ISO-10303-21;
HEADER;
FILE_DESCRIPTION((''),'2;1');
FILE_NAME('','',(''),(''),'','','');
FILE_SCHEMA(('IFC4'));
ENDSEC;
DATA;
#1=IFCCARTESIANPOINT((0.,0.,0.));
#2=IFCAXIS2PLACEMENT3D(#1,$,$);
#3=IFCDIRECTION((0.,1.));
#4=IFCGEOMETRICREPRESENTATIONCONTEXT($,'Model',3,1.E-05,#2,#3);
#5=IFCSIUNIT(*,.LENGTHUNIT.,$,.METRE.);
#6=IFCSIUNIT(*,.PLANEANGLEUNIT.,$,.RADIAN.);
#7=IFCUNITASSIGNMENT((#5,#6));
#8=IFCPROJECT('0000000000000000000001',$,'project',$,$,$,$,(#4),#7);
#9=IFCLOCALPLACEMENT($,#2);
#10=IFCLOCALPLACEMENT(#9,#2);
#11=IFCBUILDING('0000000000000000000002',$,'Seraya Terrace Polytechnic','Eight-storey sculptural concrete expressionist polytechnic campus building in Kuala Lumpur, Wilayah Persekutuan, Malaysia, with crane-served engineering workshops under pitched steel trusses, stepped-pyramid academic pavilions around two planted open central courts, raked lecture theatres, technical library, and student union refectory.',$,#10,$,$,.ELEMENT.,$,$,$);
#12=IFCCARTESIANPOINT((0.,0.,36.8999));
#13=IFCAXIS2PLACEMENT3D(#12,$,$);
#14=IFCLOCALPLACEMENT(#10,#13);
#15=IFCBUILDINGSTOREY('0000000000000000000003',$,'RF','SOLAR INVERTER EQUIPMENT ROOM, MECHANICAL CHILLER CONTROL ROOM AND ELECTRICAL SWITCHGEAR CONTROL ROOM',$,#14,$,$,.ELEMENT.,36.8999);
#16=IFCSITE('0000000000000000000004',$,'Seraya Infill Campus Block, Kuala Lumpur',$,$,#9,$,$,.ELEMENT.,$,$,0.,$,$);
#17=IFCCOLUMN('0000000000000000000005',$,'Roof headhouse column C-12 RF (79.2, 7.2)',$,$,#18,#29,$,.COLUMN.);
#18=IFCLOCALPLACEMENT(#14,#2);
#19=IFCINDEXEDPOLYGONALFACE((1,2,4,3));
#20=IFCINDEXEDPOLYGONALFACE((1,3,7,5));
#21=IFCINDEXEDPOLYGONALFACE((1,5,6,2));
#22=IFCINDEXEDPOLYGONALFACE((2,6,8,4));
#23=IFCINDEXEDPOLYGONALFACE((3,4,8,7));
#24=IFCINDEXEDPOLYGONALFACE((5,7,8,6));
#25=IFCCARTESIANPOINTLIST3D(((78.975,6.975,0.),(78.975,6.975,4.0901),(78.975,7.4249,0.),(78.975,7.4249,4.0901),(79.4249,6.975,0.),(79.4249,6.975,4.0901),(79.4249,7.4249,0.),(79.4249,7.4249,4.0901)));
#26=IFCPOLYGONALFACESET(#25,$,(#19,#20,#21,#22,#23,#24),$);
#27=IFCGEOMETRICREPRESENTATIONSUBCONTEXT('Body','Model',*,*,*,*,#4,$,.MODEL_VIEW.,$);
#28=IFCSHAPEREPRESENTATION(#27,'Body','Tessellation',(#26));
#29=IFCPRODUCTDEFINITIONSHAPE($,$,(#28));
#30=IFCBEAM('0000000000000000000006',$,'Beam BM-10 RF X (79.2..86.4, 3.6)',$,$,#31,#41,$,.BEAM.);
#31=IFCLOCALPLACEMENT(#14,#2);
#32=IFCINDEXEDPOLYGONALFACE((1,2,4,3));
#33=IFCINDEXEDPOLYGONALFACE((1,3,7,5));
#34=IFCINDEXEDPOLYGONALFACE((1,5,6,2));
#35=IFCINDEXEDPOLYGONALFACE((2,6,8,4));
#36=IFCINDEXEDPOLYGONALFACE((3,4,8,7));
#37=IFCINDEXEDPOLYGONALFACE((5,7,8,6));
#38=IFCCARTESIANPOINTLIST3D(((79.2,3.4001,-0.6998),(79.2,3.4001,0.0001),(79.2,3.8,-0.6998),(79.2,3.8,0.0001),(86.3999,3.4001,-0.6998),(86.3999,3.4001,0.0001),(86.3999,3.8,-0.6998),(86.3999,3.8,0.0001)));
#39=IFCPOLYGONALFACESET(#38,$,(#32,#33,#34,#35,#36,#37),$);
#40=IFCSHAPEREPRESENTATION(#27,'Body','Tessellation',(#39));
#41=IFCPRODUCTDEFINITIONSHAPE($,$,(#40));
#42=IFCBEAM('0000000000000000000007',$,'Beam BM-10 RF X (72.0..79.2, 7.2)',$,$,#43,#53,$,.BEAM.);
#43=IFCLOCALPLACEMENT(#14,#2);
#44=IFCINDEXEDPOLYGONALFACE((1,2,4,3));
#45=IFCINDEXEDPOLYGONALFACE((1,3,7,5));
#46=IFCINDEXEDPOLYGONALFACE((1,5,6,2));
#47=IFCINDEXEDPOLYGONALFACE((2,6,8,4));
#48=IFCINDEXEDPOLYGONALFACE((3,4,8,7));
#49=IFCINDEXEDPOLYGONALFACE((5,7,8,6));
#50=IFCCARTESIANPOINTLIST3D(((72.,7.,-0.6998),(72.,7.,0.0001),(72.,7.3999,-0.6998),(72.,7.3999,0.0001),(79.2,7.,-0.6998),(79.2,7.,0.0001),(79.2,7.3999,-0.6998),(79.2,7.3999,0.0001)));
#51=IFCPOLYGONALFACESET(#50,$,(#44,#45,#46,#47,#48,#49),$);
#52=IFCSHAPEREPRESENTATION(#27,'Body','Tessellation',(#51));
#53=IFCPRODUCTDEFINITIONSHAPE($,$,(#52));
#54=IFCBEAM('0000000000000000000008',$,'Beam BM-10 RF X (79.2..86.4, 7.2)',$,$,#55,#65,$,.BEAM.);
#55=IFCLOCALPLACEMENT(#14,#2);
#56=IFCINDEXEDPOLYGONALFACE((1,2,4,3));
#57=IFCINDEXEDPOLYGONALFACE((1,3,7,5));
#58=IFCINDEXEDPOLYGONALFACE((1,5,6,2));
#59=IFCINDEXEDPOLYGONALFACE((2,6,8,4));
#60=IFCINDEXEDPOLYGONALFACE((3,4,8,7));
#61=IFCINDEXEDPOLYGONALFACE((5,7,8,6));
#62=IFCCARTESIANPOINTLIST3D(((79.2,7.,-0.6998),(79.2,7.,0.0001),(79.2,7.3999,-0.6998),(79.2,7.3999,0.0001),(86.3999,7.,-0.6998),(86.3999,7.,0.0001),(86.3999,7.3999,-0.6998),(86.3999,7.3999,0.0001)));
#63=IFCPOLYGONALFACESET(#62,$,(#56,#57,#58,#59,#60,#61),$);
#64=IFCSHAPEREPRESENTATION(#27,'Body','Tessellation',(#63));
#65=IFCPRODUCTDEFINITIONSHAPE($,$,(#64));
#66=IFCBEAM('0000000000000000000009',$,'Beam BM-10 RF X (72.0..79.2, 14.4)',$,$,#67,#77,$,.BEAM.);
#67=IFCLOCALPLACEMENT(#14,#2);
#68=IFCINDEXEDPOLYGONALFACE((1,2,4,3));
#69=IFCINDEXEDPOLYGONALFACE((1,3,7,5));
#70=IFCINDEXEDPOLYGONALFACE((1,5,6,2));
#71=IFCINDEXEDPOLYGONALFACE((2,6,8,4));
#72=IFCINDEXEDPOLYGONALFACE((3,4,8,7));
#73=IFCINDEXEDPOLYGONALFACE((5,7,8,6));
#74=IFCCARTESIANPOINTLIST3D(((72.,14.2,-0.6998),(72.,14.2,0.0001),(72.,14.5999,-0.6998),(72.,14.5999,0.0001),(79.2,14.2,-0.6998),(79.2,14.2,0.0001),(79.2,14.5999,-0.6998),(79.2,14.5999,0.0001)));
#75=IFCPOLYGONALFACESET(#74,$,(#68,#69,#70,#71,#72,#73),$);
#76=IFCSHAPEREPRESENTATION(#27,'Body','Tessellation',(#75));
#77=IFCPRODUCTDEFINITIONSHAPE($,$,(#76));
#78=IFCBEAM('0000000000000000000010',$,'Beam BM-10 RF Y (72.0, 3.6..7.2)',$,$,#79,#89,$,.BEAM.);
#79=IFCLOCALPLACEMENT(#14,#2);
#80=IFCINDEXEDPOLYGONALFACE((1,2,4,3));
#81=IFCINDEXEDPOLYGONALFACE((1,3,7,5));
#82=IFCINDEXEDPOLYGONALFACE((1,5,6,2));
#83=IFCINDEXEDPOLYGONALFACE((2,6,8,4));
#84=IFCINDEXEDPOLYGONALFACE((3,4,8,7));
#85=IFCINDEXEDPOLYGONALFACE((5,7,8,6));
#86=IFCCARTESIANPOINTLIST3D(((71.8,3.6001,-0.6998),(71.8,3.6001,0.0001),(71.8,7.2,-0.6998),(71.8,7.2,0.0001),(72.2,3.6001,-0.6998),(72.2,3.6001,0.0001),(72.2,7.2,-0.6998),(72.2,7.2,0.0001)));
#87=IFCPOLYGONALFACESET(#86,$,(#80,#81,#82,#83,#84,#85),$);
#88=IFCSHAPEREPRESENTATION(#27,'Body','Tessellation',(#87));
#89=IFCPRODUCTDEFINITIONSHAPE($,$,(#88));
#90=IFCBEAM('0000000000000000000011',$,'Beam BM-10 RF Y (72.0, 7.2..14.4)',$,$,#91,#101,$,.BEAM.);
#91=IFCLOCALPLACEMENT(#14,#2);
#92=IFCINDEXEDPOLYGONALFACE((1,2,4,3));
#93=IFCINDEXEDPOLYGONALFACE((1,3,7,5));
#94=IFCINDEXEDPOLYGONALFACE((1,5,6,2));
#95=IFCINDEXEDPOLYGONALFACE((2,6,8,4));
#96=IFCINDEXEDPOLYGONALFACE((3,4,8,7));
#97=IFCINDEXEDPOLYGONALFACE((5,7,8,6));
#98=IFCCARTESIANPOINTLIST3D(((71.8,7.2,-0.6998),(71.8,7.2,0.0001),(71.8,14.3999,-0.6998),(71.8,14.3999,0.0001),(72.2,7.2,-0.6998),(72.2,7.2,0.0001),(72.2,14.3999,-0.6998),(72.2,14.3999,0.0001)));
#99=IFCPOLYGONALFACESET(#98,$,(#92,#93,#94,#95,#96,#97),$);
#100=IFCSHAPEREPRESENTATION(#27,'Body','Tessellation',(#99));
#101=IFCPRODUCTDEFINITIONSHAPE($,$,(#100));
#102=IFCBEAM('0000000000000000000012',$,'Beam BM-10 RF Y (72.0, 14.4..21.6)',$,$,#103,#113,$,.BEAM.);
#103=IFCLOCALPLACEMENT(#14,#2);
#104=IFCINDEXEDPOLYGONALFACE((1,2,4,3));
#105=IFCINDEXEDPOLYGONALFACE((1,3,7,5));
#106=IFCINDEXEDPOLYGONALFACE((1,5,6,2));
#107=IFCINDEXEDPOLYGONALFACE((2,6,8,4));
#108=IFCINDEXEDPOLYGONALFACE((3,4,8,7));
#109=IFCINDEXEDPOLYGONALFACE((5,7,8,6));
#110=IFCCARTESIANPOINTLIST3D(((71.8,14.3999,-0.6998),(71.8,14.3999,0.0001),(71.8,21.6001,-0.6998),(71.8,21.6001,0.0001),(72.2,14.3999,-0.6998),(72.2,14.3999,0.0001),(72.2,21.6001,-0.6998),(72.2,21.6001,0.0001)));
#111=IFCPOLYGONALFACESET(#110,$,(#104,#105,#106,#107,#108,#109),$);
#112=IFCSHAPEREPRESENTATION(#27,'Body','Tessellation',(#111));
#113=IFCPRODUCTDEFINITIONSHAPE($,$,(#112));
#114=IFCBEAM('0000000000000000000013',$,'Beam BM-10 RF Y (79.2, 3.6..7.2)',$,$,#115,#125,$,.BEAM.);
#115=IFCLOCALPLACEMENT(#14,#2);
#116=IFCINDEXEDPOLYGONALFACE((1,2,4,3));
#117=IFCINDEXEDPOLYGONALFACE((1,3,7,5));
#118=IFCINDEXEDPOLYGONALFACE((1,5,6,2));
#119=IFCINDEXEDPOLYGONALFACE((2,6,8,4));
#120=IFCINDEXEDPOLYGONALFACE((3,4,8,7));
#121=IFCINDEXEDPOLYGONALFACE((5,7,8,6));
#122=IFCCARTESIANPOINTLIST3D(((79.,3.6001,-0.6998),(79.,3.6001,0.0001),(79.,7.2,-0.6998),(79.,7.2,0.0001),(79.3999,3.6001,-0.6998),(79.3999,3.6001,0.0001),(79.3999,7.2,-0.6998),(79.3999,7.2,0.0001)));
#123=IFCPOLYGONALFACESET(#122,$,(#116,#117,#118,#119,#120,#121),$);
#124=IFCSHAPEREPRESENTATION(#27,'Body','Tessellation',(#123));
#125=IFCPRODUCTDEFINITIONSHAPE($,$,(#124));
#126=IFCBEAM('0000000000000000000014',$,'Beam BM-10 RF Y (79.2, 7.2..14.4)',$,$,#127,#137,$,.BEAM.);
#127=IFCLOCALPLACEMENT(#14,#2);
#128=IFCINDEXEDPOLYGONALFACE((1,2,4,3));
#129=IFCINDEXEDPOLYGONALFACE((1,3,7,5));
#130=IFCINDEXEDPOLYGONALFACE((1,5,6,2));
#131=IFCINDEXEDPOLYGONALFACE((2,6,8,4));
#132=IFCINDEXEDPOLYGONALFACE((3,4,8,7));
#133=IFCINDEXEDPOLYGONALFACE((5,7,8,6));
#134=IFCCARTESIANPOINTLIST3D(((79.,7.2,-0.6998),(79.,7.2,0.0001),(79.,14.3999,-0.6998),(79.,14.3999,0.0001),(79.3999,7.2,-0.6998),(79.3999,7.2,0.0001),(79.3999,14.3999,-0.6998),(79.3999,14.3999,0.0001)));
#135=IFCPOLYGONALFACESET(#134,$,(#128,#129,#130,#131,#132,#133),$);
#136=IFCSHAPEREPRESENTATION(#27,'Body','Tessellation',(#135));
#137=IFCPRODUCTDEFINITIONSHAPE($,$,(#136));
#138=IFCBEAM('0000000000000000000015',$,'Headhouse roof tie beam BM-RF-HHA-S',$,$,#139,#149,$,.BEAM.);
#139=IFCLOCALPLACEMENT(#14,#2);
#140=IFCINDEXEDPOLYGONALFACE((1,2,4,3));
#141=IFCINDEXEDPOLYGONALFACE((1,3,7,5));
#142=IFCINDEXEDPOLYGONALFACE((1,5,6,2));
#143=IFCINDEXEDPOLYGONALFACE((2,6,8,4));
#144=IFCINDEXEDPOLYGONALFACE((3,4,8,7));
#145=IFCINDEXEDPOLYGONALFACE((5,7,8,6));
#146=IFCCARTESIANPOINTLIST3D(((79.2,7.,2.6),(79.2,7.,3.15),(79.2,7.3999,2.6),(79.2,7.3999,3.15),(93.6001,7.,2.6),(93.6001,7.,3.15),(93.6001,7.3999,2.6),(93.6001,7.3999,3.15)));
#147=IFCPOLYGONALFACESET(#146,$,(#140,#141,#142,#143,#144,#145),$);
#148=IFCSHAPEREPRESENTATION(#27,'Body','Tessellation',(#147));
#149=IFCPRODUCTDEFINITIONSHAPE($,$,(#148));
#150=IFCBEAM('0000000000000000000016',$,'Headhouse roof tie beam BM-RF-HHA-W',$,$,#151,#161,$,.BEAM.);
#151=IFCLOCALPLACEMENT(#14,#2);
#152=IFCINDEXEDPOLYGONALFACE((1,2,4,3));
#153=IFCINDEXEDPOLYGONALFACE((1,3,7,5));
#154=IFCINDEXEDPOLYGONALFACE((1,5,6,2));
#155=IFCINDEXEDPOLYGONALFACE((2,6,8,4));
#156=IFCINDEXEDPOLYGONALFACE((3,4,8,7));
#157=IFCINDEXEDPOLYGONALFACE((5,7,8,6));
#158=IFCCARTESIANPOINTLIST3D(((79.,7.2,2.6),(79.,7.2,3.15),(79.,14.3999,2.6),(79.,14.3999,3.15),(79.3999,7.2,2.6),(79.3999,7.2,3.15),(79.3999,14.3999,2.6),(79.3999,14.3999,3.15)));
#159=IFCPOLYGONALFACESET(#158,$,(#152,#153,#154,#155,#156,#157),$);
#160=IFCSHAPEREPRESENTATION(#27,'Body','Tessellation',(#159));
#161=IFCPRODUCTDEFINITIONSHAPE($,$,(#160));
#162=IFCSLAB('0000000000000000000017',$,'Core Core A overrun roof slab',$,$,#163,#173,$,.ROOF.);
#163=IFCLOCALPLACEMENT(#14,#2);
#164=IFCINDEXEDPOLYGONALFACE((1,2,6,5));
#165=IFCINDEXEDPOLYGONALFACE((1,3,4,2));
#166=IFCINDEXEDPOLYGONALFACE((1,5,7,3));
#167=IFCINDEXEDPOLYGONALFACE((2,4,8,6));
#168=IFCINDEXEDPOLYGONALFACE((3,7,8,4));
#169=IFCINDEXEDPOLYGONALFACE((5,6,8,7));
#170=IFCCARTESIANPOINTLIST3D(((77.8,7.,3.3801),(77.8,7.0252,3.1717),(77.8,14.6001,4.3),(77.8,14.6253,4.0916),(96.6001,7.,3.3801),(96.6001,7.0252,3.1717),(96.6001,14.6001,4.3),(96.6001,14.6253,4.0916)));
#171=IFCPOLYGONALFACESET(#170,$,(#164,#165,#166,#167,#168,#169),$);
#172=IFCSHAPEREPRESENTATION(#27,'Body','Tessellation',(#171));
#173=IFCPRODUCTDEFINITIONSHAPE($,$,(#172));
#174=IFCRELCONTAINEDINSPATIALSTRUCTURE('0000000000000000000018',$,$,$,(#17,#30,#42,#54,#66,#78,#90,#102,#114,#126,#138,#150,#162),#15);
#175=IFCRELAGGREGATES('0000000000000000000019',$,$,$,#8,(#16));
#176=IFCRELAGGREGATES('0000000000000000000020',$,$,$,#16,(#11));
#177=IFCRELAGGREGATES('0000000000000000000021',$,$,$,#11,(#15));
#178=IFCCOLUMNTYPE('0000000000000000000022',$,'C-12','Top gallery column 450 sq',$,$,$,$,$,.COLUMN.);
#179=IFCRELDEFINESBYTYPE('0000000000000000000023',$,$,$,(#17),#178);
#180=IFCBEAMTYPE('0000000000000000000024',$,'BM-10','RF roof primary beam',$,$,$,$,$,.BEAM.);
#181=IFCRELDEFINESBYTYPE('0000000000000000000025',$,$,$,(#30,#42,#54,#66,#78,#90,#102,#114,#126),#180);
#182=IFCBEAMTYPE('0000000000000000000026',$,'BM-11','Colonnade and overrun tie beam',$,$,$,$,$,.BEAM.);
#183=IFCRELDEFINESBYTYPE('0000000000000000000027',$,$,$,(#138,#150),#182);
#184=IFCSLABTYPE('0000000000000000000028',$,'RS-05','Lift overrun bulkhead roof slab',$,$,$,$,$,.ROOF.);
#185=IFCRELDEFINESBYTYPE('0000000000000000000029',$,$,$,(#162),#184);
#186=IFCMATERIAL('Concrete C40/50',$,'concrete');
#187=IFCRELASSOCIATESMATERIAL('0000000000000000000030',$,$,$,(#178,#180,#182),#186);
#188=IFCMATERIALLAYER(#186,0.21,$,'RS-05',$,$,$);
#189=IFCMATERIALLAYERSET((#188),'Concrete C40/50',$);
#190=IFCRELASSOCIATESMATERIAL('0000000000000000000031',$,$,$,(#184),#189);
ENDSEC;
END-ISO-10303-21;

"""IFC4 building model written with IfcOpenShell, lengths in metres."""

from ifc_helpers import new_model, si_unit, direction, frame, origin, origin_2d, place, context, subcontext, project, spatial, polyline, rectangle, outline, extrude, material, layer, layer_set, material_profile, profile_set, type_object, element, save


model = new_model("IFC4")

# Units and contexts
model_context = context("Model", 3, precision=1e-05, world=origin(), true_north=direction((0.0, 1.0)))
body_context = subcontext(model_context, "Body", "Model", "MODEL_VIEW")
ifc_project = project(units=[si_unit("LENGTHUNIT", "METRE"), si_unit("PLANEANGLEUNIT", "RADIAN")], contexts=[model_context])

# Site, building, storey
site_placement = place(None, origin())
site = spatial("IfcSite", under=ifc_project, at=site_placement, Name="Seraya Infill Campus Block, Kuala Lumpur", CompositionType="ELEMENT", RefElevation=0.0)
building_placement = place(site_placement, origin())
building = spatial("IfcBuilding", under=site, at=building_placement, Name="Seraya Terrace Polytechnic", Description="Eight-storey sculptural concrete expressionist polytechnic campus building in Kuala Lumpur, Wilayah Persekutuan, Malaysia, with crane-served engineering workshops under pitched steel trusses, stepped-pyramid academic pavilions around two planted open central courts, raked lecture theatres, technical library, and student union refectory.", CompositionType="ELEMENT")
storey_placement = place(building_placement, frame((0.0, 0.0, 36.8999)))
storey = spatial("IfcBuildingStorey", under=building, at=storey_placement, Name="RF", Description="SOLAR INVERTER EQUIPMENT ROOM, MECHANICAL CHILLER CONTROL ROOM AND ELECTRICAL SWITCHGEAR CONTROL ROOM", CompositionType="ELEMENT", Elevation=36.8999)

# Column
ifc_material_1 = material(Name="Concrete C40/50", Category="concrete")
ifc_material_profile_1 = material_profile(ifc_material_1, rectangle(XDim=0.45, YDim=0.45, at=origin_2d()), Name="RC 450x450")
ifc_profile_set_1 = profile_set([ifc_material_profile_1], Name="Concrete C40/50")
column_type = type_object("IfcColumnType", Name="C-12", Description="Top gallery column 450 sq", PredefinedType="COLUMN", material=ifc_profile_set_1)
column_placement = place(storey_placement, frame((79.2, 7.2, 0.0), z_axis=(0.0, 0.0, 1.0), x_axis=(1.0, 0.0, 0.0)))
element("IfcColumn", 1, at=column_placement, inside=storey, type_object=column_type, Name="Roof headhouse column C-12 RF (79.2, 7.2)", PredefinedType="COLUMN", context=body_context, shape_type="SweptSolid", body=[
    extrude(rectangle(XDim=0.45, YDim=0.45, at=origin_2d()), origin(), (0.0, 0.0, 1.0), 4.0901),
])

# Beams
ifc_material_profile_2 = material_profile(ifc_material_1, rectangle(XDim=0.3999, YDim=0.7, at=origin_2d()), Name="RC 400x700")
ifc_profile_set_2 = profile_set([ifc_material_profile_2], Name="Concrete C40/50")
beam_type_1 = type_object("IfcBeamType", Name="BM-10", Description="RF roof primary beam", PredefinedType="BEAM", material=ifc_profile_set_2)
for number, where, z_axis, x_axis, name in (
    (2, (79.2, 3.6001, -0.3499), (1.0, 0.0, 0.0), (0.0, 1.0, 0.0), "Beam BM-10 RF X (79.2..86.4, 3.6)"),
    (3, (72.0, 7.2, -0.3499), (1.0, 0.0, 0.0), (0.0, 1.0, 0.0), "Beam BM-10 RF X (72.0..79.2, 7.2)"),
    (4, (79.2, 7.2, -0.3499), (1.0, 0.0, 0.0), (0.0, 1.0, 0.0), "Beam BM-10 RF X (79.2..86.4, 7.2)"),
    (5, (72.0, 14.3999, -0.3499), (1.0, 0.0, 0.0), (0.0, 1.0, 0.0), "Beam BM-10 RF X (72.0..79.2, 14.4)"),
):
    element("IfcBeam", number, at=place(storey_placement, frame(where, z_axis=z_axis, x_axis=x_axis)), inside=storey, type_object=beam_type_1, Name=name, PredefinedType="BEAM", context=body_context, shape_type="SweptSolid", body=[
        extrude(rectangle(XDim=0.3999, YDim=0.7, at=origin_2d()), origin(), (0.0, 0.0, 1.0), 7.2),
    ])
beam_1_placement = place(storey_placement, frame((72.0, 3.6001, -0.3499), z_axis=(0.0, 1.0, 0.0), x_axis=(-1.0, 0.0, 0.0)))
element("IfcBeam", 6, at=beam_1_placement, inside=storey, type_object=beam_type_1, Name="Beam BM-10 RF Y (72.0, 3.6..7.2)", PredefinedType="BEAM", context=body_context, shape_type="SweptSolid", body=[
    extrude(rectangle(XDim=0.3999, YDim=0.7, at=origin_2d()), origin(), (0.0, 0.0, 1.0), 3.5999),
])
beam_2_placement = place(storey_placement, frame((72.0, 7.2, -0.3499), z_axis=(0.0, 1.0, 0.0), x_axis=(-1.0, 0.0, 0.0)))
element("IfcBeam", 7, at=beam_2_placement, inside=storey, type_object=beam_type_1, Name="Beam BM-10 RF Y (72.0, 7.2..14.4)", PredefinedType="BEAM", context=body_context, shape_type="SweptSolid", body=[
    extrude(rectangle(XDim=0.3999, YDim=0.7, at=origin_2d()), origin(), (0.0, 0.0, 1.0), 7.2),
])
beam_3_placement = place(storey_placement, frame((72.0, 14.3999, -0.3499), z_axis=(0.0, 1.0, 0.0), x_axis=(-1.0, 0.0, 0.0)))
element("IfcBeam", 8, at=beam_3_placement, inside=storey, type_object=beam_type_1, Name="Beam BM-10 RF Y (72.0, 14.4..21.6)", PredefinedType="BEAM", context=body_context, shape_type="SweptSolid", body=[
    extrude(rectangle(XDim=0.3999, YDim=0.7, at=origin_2d()), origin(), (0.0, 0.0, 1.0), 7.2002),
])
beam_4_placement = place(storey_placement, frame((79.2, 3.6001, -0.3499), z_axis=(0.0, 1.0, 0.0), x_axis=(-1.0, 0.0, 0.0)))
element("IfcBeam", 9, at=beam_4_placement, inside=storey, type_object=beam_type_1, Name="Beam BM-10 RF Y (79.2, 3.6..7.2)", PredefinedType="BEAM", context=body_context, shape_type="SweptSolid", body=[
    extrude(rectangle(XDim=0.3999, YDim=0.7, at=origin_2d()), origin(), (0.0, 0.0, 1.0), 3.5999),
])
beam_5_placement = place(storey_placement, frame((79.2, 7.2, -0.3499), z_axis=(0.0, 1.0, 0.0), x_axis=(-1.0, 0.0, 0.0)))
element("IfcBeam", 10, at=beam_5_placement, inside=storey, type_object=beam_type_1, Name="Beam BM-10 RF Y (79.2, 7.2..14.4)", PredefinedType="BEAM", context=body_context, shape_type="SweptSolid", body=[
    extrude(rectangle(XDim=0.3999, YDim=0.7, at=origin_2d()), origin(), (0.0, 0.0, 1.0), 7.2),
])
ifc_material_profile_3 = material_profile(ifc_material_1, rectangle(XDim=0.3999, YDim=0.55, at=origin_2d()), Name="RC 400x550")
ifc_profile_set_3 = profile_set([ifc_material_profile_3], Name="Concrete C40/50")
beam_type_2 = type_object("IfcBeamType", Name="BM-11", Description="Colonnade and overrun tie beam", PredefinedType="BEAM", material=ifc_profile_set_3)
beam_6_placement = place(storey_placement, frame((79.2, 7.2, 2.875), z_axis=(1.0, 0.0, 0.0), x_axis=(0.0, 1.0, 0.0)))
element("IfcBeam", 11, at=beam_6_placement, inside=storey, type_object=beam_type_2, Name="Headhouse roof tie beam BM-RF-HHA-S", PredefinedType="BEAM", context=body_context, shape_type="SweptSolid", body=[
    extrude(rectangle(XDim=0.3999, YDim=0.55, at=origin_2d()), origin(), (0.0, 0.0, 1.0), 14.4001),
])
beam_7_placement = place(storey_placement, frame((79.2, 7.2, 2.875), z_axis=(0.0, 1.0, 0.0), x_axis=(-1.0, 0.0, 0.0)))
element("IfcBeam", 12, at=beam_7_placement, inside=storey, type_object=beam_type_2, Name="Headhouse roof tie beam BM-RF-HHA-W", PredefinedType="BEAM", context=body_context, shape_type="SweptSolid", body=[
    extrude(rectangle(XDim=0.3999, YDim=0.55, at=origin_2d()), origin(), (0.0, 0.0, 1.0), 7.2),
])

# Slab
ifc_layer_1 = layer(ifc_material_1, 0.21, Name="RS-05")
ifc_layer_set_1 = layer_set([ifc_layer_1], Name="Concrete C40/50")
slab_type = type_object("IfcSlabType", Name="RS-05", Description="Lift overrun bulkhead roof slab", PredefinedType="ROOF", material=ifc_layer_set_1)
slab_placement = place(storey_placement, frame((77.8, 7.0, 3.3801), z_axis=(0.0, -0.120164, 0.992754), x_axis=(1.0, 0.0, 0.0)))
element("IfcSlab", 13, at=slab_placement, inside=storey, type_object=slab_type, Name="Core Core A overrun roof slab", PredefinedType="ROOF", context=body_context, shape_type="SweptSolid", body=[
    extrude(outline(polyline([(0.0, 0.0), (18.8, 0.0), (18.8, 7.6556), (0.0, 7.6556), (0.0, 0.0)])), origin(), (0.0, 0.0, -1.0), 0.21),
])

save(model, "model.ifc")
